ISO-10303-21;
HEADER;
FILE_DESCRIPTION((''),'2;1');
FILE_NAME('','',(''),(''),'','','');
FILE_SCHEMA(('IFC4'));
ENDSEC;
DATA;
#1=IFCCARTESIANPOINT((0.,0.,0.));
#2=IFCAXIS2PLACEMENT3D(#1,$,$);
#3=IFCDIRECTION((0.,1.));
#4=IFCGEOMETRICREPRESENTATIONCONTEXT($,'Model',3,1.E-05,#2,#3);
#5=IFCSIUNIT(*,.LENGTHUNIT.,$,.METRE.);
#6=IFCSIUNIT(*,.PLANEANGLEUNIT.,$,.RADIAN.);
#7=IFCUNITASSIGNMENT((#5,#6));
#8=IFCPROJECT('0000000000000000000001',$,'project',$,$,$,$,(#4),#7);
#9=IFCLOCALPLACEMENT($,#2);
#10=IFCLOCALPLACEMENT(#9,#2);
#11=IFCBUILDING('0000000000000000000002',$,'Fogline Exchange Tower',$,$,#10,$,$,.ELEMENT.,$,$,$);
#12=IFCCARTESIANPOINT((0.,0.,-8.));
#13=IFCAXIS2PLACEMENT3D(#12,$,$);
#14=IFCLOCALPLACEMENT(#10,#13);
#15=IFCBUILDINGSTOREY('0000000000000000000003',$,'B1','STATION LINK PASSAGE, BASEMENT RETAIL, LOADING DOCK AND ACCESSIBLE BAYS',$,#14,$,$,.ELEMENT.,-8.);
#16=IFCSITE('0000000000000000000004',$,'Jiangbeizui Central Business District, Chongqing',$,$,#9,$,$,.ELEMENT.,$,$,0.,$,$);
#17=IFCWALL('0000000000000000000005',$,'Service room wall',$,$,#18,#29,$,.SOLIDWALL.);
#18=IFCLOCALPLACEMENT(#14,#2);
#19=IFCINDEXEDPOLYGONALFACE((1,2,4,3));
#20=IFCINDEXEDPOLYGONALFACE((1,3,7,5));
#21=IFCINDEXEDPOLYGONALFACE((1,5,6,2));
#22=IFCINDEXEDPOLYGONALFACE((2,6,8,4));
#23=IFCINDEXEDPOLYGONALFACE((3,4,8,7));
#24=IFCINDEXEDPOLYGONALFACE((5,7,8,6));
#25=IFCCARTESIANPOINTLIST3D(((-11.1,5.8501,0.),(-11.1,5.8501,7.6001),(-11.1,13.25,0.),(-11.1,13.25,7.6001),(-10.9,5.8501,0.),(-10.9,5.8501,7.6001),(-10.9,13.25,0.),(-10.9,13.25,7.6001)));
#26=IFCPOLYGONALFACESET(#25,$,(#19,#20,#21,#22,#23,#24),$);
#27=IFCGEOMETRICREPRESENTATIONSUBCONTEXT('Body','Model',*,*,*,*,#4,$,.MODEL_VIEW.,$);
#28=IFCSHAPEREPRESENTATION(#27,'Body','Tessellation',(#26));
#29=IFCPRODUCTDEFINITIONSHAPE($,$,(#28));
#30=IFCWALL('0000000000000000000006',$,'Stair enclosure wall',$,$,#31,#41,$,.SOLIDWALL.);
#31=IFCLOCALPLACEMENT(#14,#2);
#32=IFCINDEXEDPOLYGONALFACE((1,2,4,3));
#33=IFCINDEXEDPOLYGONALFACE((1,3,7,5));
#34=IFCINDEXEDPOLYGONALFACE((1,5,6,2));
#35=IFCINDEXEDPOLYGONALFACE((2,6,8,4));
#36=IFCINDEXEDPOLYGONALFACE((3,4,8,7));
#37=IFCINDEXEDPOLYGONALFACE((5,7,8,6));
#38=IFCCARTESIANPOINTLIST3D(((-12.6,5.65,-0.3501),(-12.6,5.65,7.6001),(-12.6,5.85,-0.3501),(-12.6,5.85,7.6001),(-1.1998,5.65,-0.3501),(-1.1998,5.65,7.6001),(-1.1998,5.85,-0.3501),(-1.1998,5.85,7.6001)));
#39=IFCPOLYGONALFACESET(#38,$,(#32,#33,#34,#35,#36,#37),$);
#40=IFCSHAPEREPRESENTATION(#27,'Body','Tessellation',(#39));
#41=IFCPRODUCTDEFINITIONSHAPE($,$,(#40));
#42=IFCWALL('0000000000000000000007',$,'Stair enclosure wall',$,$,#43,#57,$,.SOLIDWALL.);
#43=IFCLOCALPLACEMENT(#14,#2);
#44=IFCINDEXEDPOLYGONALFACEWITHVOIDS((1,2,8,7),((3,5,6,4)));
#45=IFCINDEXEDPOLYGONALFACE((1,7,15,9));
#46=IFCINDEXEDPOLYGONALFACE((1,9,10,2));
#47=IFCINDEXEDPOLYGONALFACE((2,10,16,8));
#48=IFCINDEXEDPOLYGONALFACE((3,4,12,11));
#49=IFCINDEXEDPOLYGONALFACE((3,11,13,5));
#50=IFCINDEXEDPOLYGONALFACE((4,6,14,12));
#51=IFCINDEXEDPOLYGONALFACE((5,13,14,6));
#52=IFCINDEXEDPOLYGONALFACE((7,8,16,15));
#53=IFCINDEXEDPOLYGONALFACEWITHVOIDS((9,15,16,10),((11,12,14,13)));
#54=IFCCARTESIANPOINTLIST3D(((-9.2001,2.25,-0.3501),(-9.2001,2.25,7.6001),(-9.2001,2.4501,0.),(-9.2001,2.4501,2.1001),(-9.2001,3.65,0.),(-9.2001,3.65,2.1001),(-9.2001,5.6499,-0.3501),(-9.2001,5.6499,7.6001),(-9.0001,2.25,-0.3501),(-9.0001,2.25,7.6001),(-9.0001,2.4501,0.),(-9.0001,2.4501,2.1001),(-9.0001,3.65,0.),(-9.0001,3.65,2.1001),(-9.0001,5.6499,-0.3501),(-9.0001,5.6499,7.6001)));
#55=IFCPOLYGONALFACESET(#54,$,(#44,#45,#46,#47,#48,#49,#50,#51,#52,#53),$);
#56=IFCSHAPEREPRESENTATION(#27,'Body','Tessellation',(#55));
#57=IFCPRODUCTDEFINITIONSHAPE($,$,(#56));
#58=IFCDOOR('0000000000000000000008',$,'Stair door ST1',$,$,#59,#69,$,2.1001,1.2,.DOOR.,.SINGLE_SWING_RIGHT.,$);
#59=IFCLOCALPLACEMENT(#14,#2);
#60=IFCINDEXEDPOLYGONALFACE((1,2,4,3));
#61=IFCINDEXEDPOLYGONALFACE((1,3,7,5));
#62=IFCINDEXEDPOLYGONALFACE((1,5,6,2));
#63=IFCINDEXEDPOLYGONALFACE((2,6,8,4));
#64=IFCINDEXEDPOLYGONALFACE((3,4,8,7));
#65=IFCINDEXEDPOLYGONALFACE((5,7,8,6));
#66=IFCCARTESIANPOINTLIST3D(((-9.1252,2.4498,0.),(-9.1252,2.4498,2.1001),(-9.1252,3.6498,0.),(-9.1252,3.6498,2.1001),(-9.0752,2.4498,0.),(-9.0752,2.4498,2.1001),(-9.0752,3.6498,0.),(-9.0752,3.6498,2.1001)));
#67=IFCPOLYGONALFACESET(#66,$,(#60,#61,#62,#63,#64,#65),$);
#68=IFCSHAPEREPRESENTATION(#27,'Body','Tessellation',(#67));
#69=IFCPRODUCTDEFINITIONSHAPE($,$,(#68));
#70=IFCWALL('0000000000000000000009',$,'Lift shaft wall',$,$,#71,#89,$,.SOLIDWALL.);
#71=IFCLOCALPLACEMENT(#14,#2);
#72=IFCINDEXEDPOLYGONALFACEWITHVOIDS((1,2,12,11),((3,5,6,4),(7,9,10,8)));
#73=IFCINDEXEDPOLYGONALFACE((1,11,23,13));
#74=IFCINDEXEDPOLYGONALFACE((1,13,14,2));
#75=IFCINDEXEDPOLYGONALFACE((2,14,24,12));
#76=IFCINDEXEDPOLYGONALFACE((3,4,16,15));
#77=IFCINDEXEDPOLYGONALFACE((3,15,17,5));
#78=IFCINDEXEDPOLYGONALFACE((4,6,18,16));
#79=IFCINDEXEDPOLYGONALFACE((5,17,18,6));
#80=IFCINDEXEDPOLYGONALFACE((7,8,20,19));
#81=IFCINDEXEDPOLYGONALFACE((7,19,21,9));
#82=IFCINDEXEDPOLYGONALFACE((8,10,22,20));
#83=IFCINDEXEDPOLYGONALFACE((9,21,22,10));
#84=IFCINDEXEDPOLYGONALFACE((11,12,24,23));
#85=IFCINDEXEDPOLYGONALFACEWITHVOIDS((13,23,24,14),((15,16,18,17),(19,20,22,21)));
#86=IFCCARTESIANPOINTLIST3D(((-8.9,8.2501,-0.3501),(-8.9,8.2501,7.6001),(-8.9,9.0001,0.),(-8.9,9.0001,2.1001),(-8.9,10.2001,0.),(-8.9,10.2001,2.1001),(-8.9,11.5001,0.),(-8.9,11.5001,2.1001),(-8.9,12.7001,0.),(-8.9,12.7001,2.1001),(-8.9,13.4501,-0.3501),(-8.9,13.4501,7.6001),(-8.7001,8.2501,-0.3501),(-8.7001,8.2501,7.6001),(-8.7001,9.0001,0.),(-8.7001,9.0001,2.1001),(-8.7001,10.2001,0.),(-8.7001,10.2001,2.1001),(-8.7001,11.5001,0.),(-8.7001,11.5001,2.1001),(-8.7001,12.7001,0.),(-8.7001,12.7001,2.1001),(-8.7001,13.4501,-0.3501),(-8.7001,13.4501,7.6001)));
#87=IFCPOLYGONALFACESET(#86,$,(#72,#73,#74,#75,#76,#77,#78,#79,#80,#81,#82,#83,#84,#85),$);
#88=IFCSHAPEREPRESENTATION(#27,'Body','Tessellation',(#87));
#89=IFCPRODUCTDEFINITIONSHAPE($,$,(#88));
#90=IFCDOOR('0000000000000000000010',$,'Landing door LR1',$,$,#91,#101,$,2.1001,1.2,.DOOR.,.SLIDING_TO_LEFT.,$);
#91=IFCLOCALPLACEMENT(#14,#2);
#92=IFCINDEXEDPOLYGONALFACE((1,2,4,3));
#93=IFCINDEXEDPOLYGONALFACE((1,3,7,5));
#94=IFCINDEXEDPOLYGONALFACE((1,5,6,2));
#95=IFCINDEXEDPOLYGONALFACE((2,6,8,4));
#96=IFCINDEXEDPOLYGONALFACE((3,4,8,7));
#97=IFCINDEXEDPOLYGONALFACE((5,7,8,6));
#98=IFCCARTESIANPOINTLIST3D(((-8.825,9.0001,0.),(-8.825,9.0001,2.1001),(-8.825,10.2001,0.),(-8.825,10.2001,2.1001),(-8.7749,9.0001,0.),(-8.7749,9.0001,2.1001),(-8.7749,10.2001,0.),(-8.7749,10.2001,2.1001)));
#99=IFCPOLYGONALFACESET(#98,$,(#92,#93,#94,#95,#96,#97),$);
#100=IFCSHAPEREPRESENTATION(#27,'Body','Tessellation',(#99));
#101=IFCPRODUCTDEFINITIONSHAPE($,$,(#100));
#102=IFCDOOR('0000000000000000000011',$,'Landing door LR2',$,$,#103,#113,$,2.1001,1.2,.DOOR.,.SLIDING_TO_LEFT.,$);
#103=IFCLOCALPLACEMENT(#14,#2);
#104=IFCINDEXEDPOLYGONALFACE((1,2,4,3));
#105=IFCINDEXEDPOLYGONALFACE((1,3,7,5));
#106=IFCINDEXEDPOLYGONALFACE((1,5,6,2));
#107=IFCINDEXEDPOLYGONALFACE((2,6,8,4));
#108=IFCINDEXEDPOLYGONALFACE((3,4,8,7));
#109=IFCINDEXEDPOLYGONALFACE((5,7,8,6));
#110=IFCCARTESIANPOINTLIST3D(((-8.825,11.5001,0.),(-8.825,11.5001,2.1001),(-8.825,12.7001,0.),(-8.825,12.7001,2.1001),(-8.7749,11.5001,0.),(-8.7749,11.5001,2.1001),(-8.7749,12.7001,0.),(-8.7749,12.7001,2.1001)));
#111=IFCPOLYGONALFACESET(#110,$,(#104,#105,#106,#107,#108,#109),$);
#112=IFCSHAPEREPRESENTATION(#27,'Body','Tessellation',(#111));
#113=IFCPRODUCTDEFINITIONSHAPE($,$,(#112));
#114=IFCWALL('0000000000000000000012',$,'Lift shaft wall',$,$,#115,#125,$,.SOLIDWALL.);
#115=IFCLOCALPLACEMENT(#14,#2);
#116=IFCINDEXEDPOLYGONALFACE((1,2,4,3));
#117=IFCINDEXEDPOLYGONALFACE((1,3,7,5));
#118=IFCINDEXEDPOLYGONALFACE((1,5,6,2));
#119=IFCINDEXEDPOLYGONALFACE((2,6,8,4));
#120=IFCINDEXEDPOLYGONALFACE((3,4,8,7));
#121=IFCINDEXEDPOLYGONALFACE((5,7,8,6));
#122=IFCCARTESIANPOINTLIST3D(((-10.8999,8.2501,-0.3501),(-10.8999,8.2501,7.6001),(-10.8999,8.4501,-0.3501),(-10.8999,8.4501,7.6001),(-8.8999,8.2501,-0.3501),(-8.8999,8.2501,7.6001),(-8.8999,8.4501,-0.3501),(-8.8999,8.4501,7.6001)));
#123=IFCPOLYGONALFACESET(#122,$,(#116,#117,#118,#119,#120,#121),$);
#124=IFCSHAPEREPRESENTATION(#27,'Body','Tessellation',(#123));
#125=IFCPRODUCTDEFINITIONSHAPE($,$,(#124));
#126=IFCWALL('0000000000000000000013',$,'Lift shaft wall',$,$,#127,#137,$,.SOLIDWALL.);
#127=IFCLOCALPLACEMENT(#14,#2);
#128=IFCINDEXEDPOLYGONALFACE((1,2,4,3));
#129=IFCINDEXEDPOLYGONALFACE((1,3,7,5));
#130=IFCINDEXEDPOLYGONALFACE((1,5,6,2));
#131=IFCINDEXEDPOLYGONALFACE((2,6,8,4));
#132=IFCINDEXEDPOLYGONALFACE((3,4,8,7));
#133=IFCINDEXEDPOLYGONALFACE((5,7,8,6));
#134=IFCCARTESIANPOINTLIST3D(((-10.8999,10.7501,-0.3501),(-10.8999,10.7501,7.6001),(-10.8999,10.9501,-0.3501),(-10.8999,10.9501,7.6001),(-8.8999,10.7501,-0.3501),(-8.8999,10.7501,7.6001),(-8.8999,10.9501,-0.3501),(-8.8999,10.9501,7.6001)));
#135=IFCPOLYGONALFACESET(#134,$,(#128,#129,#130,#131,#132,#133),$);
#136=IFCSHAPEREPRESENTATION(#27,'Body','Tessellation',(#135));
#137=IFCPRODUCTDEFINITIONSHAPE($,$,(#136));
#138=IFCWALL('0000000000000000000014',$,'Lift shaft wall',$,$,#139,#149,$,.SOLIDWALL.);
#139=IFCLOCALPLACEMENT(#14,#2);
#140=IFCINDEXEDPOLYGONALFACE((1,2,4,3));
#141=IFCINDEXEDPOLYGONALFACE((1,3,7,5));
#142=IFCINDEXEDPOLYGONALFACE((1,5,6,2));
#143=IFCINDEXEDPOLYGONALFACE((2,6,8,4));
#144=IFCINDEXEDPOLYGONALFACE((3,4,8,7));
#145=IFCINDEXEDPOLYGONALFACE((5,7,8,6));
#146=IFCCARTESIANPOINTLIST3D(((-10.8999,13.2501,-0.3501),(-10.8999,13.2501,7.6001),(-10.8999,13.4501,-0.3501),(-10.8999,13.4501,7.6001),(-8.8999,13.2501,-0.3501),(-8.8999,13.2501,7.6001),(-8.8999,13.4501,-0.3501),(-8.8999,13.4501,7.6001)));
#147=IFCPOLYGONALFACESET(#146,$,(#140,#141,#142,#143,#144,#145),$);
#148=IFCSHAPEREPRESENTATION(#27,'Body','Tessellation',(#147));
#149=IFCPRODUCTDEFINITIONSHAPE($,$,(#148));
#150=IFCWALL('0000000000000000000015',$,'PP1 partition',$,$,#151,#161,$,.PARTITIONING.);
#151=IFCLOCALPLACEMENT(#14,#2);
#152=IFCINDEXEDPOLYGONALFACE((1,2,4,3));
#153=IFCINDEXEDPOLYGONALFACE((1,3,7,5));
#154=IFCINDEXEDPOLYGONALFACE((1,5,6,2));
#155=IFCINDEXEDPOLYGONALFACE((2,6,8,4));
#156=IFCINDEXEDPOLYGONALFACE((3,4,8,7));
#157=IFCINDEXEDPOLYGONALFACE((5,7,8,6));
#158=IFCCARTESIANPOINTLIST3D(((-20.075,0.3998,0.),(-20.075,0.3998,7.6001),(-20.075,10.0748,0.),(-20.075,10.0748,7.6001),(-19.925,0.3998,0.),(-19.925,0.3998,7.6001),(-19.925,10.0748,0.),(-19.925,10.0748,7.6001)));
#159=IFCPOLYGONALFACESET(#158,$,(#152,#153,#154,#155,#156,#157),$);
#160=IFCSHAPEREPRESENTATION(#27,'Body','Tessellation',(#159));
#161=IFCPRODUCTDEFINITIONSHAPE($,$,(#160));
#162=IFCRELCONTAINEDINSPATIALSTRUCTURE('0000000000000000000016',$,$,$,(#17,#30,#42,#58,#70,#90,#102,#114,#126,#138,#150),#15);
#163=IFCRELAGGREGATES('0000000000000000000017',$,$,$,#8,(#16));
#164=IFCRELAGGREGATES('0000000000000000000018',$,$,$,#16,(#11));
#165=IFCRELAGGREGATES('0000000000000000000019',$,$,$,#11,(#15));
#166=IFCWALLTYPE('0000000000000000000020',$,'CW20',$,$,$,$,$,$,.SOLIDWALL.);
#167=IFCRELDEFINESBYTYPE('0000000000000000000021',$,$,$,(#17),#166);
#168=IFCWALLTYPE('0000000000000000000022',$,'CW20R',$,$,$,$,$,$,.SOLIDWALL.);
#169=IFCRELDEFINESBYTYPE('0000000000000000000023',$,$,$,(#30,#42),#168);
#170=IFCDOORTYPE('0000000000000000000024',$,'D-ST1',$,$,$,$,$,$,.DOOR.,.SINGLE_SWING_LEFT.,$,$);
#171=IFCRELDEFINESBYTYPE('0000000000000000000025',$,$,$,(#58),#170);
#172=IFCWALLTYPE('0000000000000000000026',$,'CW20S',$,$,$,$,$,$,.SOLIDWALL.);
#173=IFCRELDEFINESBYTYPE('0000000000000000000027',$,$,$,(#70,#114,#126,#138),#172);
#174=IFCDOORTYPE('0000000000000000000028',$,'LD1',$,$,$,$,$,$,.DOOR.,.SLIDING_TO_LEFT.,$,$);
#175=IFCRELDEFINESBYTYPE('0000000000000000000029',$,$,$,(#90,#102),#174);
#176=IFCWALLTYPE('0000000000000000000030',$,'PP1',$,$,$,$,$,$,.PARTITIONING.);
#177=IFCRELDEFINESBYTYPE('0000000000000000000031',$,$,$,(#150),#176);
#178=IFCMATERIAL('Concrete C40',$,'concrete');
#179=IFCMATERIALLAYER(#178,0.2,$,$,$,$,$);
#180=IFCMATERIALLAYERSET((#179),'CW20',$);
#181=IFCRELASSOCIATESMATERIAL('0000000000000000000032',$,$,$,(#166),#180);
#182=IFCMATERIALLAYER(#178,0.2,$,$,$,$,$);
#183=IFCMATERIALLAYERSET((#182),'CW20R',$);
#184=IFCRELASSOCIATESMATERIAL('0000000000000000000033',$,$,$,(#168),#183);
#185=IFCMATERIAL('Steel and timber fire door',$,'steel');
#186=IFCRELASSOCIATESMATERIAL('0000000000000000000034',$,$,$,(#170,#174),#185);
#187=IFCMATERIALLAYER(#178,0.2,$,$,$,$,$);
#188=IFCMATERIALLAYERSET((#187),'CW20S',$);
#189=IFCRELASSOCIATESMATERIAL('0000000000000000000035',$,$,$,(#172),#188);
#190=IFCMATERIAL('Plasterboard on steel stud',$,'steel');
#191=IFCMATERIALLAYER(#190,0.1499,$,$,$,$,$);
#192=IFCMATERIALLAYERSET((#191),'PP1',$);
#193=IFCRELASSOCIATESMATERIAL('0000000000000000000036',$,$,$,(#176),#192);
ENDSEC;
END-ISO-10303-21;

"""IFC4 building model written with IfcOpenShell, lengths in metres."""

from ifc_helpers import new_model, si_unit, direction, frame, frame_2d, origin, place, context, subcontext, project, spatial, rectangle, extrude, material, layer, layer_set, type_object, element, fill, save


model = new_model("IFC4")

# Units and contexts
model_context = context("Model", 3, precision=1e-05, world=origin(), true_north=direction((0.0, 1.0)))
body_context = subcontext(model_context, "Body", "Model", "MODEL_VIEW")
ifc_project = project(units=[si_unit("LENGTHUNIT", "METRE"), si_unit("PLANEANGLEUNIT", "RADIAN")], contexts=[model_context])

# Site, building, storey
site_placement = place(None, origin())
site = spatial("IfcSite", under=ifc_project, at=site_placement, Name="Jiangbeizui Central Business District, Chongqing", CompositionType="ELEMENT", RefElevation=0.0)
building_placement = place(site_placement, origin())
building = spatial("IfcBuilding", under=site, at=building_placement, Name="Fogline Exchange Tower", CompositionType="ELEMENT")
storey_placement = place(building_placement, frame((0.0, 0.0, -8.0)))
storey = spatial("IfcBuildingStorey", under=building, at=storey_placement, Name="B1", Description="STATION LINK PASSAGE, BASEMENT RETAIL, LOADING DOCK AND ACCESSIBLE BAYS", CompositionType="ELEMENT", Elevation=-8.0)

# Walls
ifc_material_1 = material(Name="Concrete C40", Category="concrete")
ifc_layer_1 = layer(ifc_material_1, 0.2)
ifc_layer_set_1 = layer_set([ifc_layer_1], Name="CW20")
wall_type_1 = type_object("IfcWallType", Name="CW20", PredefinedType="SOLIDWALL", material=ifc_layer_set_1)
wall_1_placement = place(storey_placement, frame((-11.0, 5.8501, 0.0), z_axis=(0.0, 0.0, 1.0), x_axis=(0.0, 1.0, 0.0)))
element("IfcWall", 1, at=wall_1_placement, inside=storey, type_object=wall_type_1, Name="Service room wall", PredefinedType="SOLIDWALL", context=body_context, shape_type="SweptSolid", body=[
    extrude(rectangle(XDim=7.3999, YDim=0.2, at=frame_2d((3.7, 0.0))), origin(), (0.0, 0.0, 1.0), 7.6001),
])
ifc_layer_2 = layer(ifc_material_1, 0.2)
ifc_layer_set_2 = layer_set([ifc_layer_2], Name="CW20R")
wall_type_2 = type_object("IfcWallType", Name="CW20R", PredefinedType="SOLIDWALL", material=ifc_layer_set_2)
wall_2_placement = place(storey_placement, frame((-12.6001, 5.75, -0.3501), z_axis=(0.0, 0.0, 1.0), x_axis=(1.0, 0.0, 0.0)))
element("IfcWall", 2, at=wall_2_placement, inside=storey, type_object=wall_type_2, Name="Stair enclosure wall", PredefinedType="SOLIDWALL", context=body_context, shape_type="SweptSolid", body=[
    extrude(rectangle(XDim=11.4001, YDim=0.2, at=frame_2d((5.7002, 0.0))), origin(), (0.0, 0.0, 1.0), 7.9502),
])

# Wall, opening, door
wall_3_placement = place(storey_placement, frame((-9.1001, 2.25, -0.3501), z_axis=(0.0, 0.0, 1.0), x_axis=(0.0, 1.0, 0.0)))
wall_3 = element("IfcWall", 3, at=wall_3_placement, inside=storey, type_object=wall_type_2, Name="Stair enclosure wall", PredefinedType="SOLIDWALL", context=body_context, shape_type="SweptSolid", body=[
    extrude(rectangle(XDim=3.3999, YDim=0.2, at=frame_2d((1.7, 0.0))), origin(), (0.0, 0.0, 1.0), 7.9502),
])
opening_1_placement = place(wall_3_placement, frame((0.2, 0.0, 0.3501)))
opening_1 = element("IfcOpeningElement", 4, at=opening_1_placement, cuts=wall_3, PredefinedType="OPENING", context=body_context, shape_type="SweptSolid", body=[
    extrude(rectangle(XDim=1.2, YDim=2.1001, at=frame_2d((0.6001, 1.05))), frame((0.0, 0.1099, 0.0), z_axis=(0.0, -1.0, 0.0), x_axis=(1.0, 0.0, 0.0)), (0.0, 0.0, 1.0), 0.22),
])
ifc_material_2 = material(Name="Steel and timber fire door", Category="steel")
door_type_1 = type_object("IfcDoorType", Name="D-ST1", OperationType="SINGLE_SWING_LEFT", PredefinedType="DOOR", material=ifc_material_2)
door_1_placement = place(opening_1_placement, frame((1.2, 0.0, 0.0), z_axis=(0.0, 0.0, 1.0), x_axis=(-1.0, 0.0, 0.0)))
door_1 = element("IfcDoor", 5, at=door_1_placement, inside=storey, type_object=door_type_1, Name="Stair door ST1", OperationType="SINGLE_SWING_RIGHT", OverallHeight=2.1001, OverallWidth=1.2, PredefinedType="DOOR", context=body_context, shape_type="SweptSolid", body=[
    extrude(rectangle(XDim=1.2, YDim=2.1001, at=frame_2d((0.6001, 1.05))), frame((0.0, 0.0249, 0.0), z_axis=(0.0, -1.0, 0.0), x_axis=(1.0, 0.0, 0.0)), (0.0, 0.0, 1.0), 0.05),
])
fill(opening_1, door_1)

# Wall, openings, doors
ifc_layer_3 = layer(ifc_material_1, 0.2)
ifc_layer_set_3 = layer_set([ifc_layer_3], Name="CW20S")
wall_type_3 = type_object("IfcWallType", Name="CW20S", PredefinedType="SOLIDWALL", material=ifc_layer_set_3)
wall_4_placement = place(storey_placement, frame((-8.8, 8.25, -0.3501), z_axis=(0.0, 0.0, 1.0), x_axis=(0.0, 1.0, 0.0)))
wall_4 = element("IfcWall", 6, at=wall_4_placement, inside=storey, type_object=wall_type_3, Name="Lift shaft wall", PredefinedType="SOLIDWALL", context=body_context, shape_type="SweptSolid", body=[
    extrude(rectangle(XDim=5.2, YDim=0.2, at=frame_2d((2.6001, 0.0))), origin(), (0.0, 0.0, 1.0), 7.9502),
])
opening_2_placement = place(wall_4_placement, frame((0.75, 0.0, 0.3501)))
opening_2 = element("IfcOpeningElement", 7, at=opening_2_placement, cuts=wall_4, PredefinedType="OPENING", context=body_context, shape_type="SweptSolid", body=[
    extrude(rectangle(XDim=1.2, YDim=2.1001, at=frame_2d((0.6001, 1.05))), frame((0.0, 0.1099, 0.0), z_axis=(0.0, -1.0, 0.0), x_axis=(1.0, 0.0, 0.0)), (0.0, 0.0, 1.0), 0.22),
])
opening_3_placement = place(wall_4_placement, frame((3.25, 0.0, 0.3501)))
opening_3 = element("IfcOpeningElement", 8, at=opening_3_placement, cuts=wall_4, PredefinedType="OPENING", context=body_context, shape_type="SweptSolid", body=[
    extrude(rectangle(XDim=1.2, YDim=2.1001, at=frame_2d((0.6001, 1.05))), frame((0.0, 0.1099, 0.0), z_axis=(0.0, -1.0, 0.0), x_axis=(1.0, 0.0, 0.0)), (0.0, 0.0, 1.0), 0.22),
])
door_type_2 = type_object("IfcDoorType", Name="LD1", OperationType="SLIDING_TO_LEFT", PredefinedType="DOOR", material=ifc_material_2)
door_2_placement = place(opening_2_placement, origin())
door_2 = element("IfcDoor", 9, at=door_2_placement, inside=storey, type_object=door_type_2, Name="Landing door LR1", OperationType="SLIDING_TO_LEFT", OverallHeight=2.1001, OverallWidth=1.2, PredefinedType="DOOR", context=body_context, shape_type="SweptSolid", body=[
    extrude(rectangle(XDim=1.2, YDim=2.1001, at=frame_2d((0.6001, 1.05))), frame((0.0, 0.0249, 0.0), z_axis=(0.0, -1.0, 0.0), x_axis=(1.0, 0.0, 0.0)), (0.0, 0.0, 1.0), 0.05),
])
fill(opening_2, door_2)
door_3_placement = place(opening_3_placement, origin())
door_3 = element("IfcDoor", 10, at=door_3_placement, inside=storey, type_object=door_type_2, Name="Landing door LR2", OperationType="SLIDING_TO_LEFT", OverallHeight=2.1001, OverallWidth=1.2, PredefinedType="DOOR", context=body_context, shape_type="SweptSolid", body=[
    extrude(rectangle(XDim=1.2, YDim=2.1001, at=frame_2d((0.6001, 1.05))), frame((0.0, 0.0249, 0.0), z_axis=(0.0, -1.0, 0.0), x_axis=(1.0, 0.0, 0.0)), (0.0, 0.0, 1.0), 0.05),
])
fill(opening_3, door_3)

# Walls
for number, where, z_axis, x_axis, name in (
    (11, (-10.8999, 8.3501, -0.3501), (0.0, 0.0, 1.0), (1.0, 0.0, 0.0), "Lift shaft wall"),
    (12, (-10.8999, 10.8501, -0.3501), (0.0, 0.0, 1.0), (1.0, 0.0, 0.0), "Lift shaft wall"),
    (13, (-10.8999, 13.3501, -0.3501), (0.0, 0.0, 1.0), (1.0, 0.0, 0.0), "Lift shaft wall"),
):
    element("IfcWall", number, at=place(storey_placement, frame(where, z_axis=z_axis, x_axis=x_axis)), inside=storey, type_object=wall_type_3, Name=name, PredefinedType="SOLIDWALL", context=body_context, shape_type="SweptSolid", body=[
        extrude(rectangle(XDim=2.0, YDim=0.2, at=frame_2d((1.0, 0.0))), origin(), (0.0, 0.0, 1.0), 7.9502),
    ])
ifc_material_3 = material(Name="Plasterboard on steel stud", Category="steel")
ifc_layer_4 = layer(ifc_material_3, 0.1499)
ifc_layer_set_4 = layer_set([ifc_layer_4], Name="PP1")
wall_type_4 = type_object("IfcWallType", Name="PP1", PredefinedType="PARTITIONING", material=ifc_layer_set_4)
wall_5_placement = place(storey_placement, frame((-20.0, 0.3999, 0.0), z_axis=(0.0, 0.0, 1.0), x_axis=(0.0, 1.0, 0.0)))
element("IfcWall", 14, at=wall_5_placement, inside=storey, type_object=wall_type_4, Name="PP1 partition", PredefinedType="PARTITIONING", context=body_context, shape_type="SweptSolid", body=[
    extrude(rectangle(XDim=9.675, YDim=0.1499, at=frame_2d((4.8374, 0.0))), origin(), (0.0, 0.0, 1.0), 7.6001),
])

save(model, "model.ifc")
